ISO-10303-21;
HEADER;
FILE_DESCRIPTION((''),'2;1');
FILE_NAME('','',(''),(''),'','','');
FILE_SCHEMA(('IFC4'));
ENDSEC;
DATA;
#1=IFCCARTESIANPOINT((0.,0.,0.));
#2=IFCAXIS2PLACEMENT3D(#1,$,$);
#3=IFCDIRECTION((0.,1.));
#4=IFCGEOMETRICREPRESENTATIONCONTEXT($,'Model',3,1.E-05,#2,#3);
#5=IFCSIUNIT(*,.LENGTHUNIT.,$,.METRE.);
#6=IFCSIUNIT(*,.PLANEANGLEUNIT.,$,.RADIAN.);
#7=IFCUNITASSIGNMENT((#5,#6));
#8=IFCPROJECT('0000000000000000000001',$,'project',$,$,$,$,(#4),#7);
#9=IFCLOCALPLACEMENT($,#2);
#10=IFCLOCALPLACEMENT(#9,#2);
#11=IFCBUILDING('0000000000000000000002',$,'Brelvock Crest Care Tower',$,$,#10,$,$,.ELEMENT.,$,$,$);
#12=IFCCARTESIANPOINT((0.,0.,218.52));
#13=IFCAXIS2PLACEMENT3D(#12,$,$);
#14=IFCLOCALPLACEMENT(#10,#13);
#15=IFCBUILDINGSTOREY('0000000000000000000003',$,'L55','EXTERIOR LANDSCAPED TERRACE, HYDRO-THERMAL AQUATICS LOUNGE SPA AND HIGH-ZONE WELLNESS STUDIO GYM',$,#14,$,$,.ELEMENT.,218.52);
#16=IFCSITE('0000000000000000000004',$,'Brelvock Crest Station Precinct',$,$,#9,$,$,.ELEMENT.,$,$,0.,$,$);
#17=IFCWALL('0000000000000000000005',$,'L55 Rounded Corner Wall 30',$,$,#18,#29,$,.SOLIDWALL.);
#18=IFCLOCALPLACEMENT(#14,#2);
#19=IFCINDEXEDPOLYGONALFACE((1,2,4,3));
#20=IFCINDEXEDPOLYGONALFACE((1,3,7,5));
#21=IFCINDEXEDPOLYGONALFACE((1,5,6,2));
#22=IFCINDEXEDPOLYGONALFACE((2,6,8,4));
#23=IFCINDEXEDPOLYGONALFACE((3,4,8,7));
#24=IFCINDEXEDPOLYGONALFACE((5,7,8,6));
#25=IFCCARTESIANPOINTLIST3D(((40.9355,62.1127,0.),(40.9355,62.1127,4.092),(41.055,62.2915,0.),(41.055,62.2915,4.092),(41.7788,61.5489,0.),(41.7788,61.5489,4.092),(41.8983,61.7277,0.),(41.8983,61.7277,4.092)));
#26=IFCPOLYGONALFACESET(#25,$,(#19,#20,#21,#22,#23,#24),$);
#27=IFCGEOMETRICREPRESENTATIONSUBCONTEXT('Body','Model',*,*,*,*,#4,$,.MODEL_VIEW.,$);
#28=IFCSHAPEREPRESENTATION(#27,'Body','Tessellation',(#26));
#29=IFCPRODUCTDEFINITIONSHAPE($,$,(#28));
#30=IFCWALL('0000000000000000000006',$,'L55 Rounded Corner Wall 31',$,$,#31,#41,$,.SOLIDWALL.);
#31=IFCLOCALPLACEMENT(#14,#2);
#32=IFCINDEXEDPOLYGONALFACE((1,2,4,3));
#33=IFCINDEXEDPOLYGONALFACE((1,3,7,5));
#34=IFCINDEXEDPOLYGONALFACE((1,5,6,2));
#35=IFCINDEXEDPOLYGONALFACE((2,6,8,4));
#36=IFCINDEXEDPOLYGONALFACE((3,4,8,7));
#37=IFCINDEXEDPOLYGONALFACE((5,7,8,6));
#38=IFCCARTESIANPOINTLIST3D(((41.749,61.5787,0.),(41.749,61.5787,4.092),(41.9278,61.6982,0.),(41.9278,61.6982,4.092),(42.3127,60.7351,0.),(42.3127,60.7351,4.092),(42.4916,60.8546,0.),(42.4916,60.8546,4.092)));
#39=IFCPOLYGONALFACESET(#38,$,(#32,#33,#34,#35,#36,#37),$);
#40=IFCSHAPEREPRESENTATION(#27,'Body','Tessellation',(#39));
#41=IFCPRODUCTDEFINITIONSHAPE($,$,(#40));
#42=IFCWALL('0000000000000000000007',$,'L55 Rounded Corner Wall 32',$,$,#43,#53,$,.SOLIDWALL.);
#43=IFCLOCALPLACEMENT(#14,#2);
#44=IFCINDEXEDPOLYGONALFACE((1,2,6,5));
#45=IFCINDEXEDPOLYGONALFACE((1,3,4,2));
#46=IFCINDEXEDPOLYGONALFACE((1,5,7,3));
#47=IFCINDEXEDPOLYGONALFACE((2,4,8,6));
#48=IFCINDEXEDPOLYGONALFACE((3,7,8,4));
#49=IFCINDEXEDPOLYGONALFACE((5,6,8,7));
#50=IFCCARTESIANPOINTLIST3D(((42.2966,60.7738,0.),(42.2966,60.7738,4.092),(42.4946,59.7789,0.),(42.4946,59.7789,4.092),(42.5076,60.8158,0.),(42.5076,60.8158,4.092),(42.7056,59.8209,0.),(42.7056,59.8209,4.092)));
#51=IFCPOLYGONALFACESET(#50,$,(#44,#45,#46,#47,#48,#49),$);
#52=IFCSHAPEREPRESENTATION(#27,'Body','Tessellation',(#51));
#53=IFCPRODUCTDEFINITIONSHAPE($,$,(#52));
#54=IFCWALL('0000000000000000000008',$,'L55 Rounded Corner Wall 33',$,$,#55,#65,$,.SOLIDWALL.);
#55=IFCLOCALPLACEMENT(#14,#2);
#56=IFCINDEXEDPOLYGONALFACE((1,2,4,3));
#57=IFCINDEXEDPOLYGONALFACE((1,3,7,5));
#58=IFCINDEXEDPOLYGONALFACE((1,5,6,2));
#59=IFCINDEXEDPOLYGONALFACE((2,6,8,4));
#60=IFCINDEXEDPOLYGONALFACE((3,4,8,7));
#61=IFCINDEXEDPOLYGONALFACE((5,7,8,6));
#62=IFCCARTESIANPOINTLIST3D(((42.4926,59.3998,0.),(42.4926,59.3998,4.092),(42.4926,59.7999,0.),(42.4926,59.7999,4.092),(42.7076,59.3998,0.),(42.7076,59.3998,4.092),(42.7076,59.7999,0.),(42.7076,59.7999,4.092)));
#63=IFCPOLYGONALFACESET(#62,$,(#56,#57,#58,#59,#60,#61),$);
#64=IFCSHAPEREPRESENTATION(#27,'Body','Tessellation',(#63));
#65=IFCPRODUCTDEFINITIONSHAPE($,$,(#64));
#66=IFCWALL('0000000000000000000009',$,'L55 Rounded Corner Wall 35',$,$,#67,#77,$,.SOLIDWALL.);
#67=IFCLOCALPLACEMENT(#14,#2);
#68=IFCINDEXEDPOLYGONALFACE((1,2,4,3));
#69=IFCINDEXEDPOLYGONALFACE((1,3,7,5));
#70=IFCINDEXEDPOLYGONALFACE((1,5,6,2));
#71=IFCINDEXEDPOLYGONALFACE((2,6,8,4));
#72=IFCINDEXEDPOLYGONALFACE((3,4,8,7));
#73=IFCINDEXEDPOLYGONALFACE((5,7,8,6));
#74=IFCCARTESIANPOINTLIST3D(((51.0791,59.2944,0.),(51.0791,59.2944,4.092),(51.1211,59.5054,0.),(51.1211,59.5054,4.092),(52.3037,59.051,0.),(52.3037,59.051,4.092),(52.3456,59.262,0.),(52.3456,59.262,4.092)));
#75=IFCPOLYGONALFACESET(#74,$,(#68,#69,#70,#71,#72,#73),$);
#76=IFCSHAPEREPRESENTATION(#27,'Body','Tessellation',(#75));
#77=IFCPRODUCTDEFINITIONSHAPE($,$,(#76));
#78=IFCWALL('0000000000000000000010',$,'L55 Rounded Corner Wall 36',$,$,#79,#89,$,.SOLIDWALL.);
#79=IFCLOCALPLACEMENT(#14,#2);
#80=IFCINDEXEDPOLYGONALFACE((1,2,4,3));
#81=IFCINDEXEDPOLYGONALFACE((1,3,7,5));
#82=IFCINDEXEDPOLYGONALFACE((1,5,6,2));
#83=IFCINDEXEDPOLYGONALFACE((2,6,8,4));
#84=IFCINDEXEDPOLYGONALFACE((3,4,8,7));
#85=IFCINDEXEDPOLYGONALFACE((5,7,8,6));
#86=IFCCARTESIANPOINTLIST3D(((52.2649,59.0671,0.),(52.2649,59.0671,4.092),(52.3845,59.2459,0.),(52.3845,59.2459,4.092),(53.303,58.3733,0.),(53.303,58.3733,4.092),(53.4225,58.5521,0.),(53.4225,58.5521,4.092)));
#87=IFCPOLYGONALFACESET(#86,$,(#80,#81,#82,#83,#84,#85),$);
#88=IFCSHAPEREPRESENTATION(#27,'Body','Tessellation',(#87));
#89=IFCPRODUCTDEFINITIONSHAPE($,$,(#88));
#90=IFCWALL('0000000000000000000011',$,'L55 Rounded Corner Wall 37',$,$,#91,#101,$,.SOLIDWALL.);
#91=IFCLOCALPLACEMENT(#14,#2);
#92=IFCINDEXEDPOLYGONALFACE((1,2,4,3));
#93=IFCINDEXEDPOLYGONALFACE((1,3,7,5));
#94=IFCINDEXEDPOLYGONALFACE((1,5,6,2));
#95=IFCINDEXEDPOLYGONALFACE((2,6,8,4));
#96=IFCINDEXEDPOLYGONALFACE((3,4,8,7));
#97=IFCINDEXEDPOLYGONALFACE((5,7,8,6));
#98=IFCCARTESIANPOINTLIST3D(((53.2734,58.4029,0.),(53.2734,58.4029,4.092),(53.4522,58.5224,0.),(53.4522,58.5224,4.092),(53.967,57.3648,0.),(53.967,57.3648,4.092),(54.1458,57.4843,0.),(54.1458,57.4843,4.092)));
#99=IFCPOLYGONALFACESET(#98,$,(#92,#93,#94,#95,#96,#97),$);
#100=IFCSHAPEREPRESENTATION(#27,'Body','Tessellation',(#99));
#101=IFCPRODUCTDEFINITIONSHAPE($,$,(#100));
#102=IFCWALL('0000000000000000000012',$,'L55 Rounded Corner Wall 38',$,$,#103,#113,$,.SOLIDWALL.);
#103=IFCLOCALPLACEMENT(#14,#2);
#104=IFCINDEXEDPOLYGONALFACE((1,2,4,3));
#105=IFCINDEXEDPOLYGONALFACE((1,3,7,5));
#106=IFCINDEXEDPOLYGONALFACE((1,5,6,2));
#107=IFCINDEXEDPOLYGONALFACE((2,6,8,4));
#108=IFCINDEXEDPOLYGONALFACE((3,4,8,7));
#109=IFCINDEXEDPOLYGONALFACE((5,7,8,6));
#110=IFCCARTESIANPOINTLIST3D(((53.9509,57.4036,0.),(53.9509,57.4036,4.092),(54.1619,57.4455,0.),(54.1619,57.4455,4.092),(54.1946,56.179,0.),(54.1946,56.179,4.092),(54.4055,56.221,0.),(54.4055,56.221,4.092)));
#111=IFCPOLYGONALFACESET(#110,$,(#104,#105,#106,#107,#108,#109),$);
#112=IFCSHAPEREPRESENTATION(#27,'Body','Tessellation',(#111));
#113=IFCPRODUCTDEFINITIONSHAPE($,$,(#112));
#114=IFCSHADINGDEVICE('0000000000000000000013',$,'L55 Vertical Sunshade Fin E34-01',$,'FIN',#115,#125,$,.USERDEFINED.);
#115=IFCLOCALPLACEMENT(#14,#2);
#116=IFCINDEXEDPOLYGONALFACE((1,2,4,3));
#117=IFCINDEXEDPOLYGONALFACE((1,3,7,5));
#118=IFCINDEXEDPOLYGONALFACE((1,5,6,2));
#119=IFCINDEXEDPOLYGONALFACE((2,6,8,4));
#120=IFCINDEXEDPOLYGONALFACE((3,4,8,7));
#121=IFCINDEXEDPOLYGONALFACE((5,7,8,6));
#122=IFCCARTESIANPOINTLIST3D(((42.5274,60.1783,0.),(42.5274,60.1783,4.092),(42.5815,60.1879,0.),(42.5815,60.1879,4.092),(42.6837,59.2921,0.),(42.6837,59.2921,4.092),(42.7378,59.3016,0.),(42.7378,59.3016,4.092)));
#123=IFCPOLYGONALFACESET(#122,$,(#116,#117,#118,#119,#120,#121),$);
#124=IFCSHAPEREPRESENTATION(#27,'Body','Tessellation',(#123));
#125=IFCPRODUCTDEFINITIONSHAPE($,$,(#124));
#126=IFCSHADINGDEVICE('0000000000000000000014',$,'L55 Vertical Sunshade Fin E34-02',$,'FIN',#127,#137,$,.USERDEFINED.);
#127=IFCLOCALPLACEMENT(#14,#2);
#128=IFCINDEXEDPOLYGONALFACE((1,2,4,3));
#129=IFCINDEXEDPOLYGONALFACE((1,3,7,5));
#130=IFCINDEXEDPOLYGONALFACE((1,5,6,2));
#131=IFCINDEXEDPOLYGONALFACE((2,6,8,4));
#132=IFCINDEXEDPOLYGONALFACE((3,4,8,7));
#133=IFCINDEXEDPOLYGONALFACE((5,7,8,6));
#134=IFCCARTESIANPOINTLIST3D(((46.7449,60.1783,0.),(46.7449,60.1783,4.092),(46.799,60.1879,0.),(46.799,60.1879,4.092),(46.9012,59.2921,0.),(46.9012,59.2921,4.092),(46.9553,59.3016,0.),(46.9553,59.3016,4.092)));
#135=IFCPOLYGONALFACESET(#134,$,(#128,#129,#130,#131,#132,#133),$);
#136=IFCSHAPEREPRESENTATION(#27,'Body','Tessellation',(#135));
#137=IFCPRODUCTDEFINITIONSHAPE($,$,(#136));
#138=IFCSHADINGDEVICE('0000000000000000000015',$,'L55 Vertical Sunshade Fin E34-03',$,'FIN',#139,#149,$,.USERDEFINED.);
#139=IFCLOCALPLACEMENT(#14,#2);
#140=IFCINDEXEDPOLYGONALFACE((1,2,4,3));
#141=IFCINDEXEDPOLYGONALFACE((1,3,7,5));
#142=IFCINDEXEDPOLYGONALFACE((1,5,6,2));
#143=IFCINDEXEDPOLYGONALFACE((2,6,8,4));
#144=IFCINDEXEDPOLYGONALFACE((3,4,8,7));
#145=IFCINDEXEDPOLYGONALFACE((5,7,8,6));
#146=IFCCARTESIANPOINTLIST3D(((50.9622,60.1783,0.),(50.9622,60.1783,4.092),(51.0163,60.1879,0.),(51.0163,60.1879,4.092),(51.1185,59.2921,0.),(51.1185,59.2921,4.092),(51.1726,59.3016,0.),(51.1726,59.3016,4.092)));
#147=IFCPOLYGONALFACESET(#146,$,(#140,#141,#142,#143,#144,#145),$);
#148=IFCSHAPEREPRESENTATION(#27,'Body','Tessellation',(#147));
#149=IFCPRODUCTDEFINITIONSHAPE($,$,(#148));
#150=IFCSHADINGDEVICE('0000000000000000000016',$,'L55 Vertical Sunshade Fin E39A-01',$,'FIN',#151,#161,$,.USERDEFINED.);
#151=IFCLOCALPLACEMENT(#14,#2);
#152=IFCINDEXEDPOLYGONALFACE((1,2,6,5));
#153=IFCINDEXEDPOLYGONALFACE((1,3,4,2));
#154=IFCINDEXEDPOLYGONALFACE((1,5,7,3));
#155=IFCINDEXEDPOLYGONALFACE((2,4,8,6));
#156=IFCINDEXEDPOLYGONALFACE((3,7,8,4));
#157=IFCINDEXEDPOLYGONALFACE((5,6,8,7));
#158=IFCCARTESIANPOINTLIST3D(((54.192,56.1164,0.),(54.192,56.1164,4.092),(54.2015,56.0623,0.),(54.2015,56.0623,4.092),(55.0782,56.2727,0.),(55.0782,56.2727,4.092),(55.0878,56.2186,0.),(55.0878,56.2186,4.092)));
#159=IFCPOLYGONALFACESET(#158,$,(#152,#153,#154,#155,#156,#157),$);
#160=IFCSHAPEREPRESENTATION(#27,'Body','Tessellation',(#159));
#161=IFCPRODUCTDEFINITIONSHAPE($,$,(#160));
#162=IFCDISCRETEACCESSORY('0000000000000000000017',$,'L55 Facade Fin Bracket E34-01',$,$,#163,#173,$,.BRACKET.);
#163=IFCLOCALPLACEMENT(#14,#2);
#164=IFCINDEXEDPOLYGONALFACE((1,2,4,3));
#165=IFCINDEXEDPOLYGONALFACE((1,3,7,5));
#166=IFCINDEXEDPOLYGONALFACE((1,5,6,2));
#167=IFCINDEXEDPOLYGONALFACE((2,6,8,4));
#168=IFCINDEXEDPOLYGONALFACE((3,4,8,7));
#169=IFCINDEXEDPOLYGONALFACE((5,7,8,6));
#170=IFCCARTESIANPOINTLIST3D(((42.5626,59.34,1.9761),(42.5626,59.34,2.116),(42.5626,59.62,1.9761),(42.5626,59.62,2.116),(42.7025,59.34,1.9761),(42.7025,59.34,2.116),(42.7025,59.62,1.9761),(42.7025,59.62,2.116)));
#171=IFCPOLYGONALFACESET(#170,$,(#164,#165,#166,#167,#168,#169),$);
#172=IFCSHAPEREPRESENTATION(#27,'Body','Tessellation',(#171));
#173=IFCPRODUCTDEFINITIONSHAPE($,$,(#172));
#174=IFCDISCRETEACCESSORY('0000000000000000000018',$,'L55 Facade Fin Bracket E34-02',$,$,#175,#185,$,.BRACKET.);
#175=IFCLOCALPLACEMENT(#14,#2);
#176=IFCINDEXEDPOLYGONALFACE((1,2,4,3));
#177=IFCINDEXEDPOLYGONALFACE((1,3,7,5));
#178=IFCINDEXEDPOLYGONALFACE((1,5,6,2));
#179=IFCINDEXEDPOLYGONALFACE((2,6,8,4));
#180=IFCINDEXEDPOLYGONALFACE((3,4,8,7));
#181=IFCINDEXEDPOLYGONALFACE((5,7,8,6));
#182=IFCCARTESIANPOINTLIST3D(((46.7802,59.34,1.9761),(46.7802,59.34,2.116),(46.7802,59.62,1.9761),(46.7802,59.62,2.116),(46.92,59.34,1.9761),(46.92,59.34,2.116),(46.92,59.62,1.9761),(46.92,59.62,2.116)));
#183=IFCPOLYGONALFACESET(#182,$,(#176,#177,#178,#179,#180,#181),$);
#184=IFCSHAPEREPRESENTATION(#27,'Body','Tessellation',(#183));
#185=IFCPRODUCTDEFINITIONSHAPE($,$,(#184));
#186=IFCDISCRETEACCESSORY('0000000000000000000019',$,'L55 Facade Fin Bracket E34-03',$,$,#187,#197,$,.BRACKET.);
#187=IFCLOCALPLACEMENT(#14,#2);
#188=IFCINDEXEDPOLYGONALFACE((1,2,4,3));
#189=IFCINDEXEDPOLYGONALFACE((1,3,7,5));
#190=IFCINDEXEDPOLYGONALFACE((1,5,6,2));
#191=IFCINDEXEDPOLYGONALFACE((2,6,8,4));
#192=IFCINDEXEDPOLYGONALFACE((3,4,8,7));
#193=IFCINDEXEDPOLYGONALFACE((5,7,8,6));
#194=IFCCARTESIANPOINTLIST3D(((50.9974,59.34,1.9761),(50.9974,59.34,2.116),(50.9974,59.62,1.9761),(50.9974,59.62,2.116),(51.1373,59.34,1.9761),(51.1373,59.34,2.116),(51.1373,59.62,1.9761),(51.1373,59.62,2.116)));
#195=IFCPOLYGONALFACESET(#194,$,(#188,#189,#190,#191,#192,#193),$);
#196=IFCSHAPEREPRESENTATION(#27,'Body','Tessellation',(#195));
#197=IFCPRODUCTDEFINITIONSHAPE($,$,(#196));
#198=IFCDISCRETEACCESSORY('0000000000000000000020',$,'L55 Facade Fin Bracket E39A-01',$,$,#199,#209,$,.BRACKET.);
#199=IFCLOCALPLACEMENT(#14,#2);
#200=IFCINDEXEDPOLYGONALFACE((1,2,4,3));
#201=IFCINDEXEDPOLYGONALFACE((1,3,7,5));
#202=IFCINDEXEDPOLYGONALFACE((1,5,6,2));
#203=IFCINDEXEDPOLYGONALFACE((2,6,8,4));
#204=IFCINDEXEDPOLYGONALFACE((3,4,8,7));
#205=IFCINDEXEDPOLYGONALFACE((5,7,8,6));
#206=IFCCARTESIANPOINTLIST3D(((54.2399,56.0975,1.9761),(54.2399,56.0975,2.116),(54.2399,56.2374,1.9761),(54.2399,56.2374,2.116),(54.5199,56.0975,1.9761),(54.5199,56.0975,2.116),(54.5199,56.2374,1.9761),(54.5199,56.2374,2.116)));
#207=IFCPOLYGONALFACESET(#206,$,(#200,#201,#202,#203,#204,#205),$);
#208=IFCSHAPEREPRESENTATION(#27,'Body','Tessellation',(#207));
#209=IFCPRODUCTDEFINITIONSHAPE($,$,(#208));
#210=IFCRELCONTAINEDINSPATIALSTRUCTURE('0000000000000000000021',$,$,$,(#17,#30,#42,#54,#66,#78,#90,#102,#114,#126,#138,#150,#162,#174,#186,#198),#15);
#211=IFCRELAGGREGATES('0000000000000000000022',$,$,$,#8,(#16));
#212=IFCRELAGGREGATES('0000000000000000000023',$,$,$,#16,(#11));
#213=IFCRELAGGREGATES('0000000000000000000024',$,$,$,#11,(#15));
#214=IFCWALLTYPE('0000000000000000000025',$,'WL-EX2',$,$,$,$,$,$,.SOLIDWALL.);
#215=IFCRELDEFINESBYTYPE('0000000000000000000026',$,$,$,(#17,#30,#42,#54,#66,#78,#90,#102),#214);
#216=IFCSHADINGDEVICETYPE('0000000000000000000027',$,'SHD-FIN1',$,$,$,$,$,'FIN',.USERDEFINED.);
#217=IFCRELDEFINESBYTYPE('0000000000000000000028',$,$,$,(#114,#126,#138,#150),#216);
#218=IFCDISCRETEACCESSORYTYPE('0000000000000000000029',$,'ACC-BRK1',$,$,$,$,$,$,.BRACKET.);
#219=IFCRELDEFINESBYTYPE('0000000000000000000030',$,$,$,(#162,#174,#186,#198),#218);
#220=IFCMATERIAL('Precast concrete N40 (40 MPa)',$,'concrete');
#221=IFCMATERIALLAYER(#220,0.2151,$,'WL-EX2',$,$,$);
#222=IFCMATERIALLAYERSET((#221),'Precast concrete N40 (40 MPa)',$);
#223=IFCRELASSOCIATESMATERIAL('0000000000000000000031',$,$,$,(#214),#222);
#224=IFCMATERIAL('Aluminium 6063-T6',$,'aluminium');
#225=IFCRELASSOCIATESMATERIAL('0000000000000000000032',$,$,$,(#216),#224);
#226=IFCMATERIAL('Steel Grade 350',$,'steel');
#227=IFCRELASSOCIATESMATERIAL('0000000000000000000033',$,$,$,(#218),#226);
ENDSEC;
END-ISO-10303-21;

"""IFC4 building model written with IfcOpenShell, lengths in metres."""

from ifc_helpers import new_model, si_unit, direction, frame, frame_2d, origin, origin_2d, place, context, subcontext, project, spatial, rectangle, extrude, source, transform, mapped, material, layer, layer_set, material_profile, profile_set, type_object, element, save


model = new_model("IFC4")

# Units and contexts
model_context = context("Model", 3, precision=1e-05, world=origin(), true_north=direction((0.0, 1.0)))
body_context = subcontext(model_context, "Body", "Model", "MODEL_VIEW")
ifc_project = project(units=[si_unit("LENGTHUNIT", "METRE"), si_unit("PLANEANGLEUNIT", "RADIAN")], contexts=[model_context])

# Site, building, storey
site_placement = place(None, origin())
site = spatial("IfcSite", under=ifc_project, at=site_placement, Name="Brelvock Crest Station Precinct", CompositionType="ELEMENT", RefElevation=0.0)
building_placement = place(site_placement, origin())
building = spatial("IfcBuilding", under=site, at=building_placement, Name="Brelvock Crest Care Tower", CompositionType="ELEMENT")
storey_placement = place(building_placement, frame((0.0, 0.0, 218.52)))
storey = spatial("IfcBuildingStorey", under=building, at=storey_placement, Name="L55", Description="EXTERIOR LANDSCAPED TERRACE, HYDRO-THERMAL AQUATICS LOUNGE SPA AND HIGH-ZONE WELLNESS STUDIO GYM", CompositionType="ELEMENT", Elevation=218.52)

# Shared definitions
ifc_material_1 = material(Name="Aluminium 6063-T6", Category="aluminium")

# Walls
ifc_material_2 = material(Name="Precast concrete N40 (40 MPa)", Category="concrete")
ifc_layer_1 = layer(ifc_material_2, 0.2151, Name="WL-EX2")
ifc_layer_set_1 = layer_set([ifc_layer_1], Name="Precast concrete N40 (40 MPa)")
wall_type = type_object("IfcWallType", Name="WL-EX2", PredefinedType="SOLIDWALL", material=ifc_layer_set_1)
wall_1_placement = place(storey_placement, frame((40.9951, 62.2021, 0.0), z_axis=(0.0, 0.0, 1.0), x_axis=(0.831346, -0.555755, 0.0)))
element("IfcWall", 1, at=wall_1_placement, inside=storey, type_object=wall_type, Name="L55 Rounded Corner Wall 30", PredefinedType="SOLIDWALL", context=body_context, shape_type="SweptSolid", body=[
    extrude(rectangle(XDim=1.0144, YDim=0.2151, at=frame_2d((0.5073, 0.0))), origin(), (0.0, 0.0, 1.0), 4.092),
])
wall_2_placement = place(storey_placement, frame((41.8384, 61.6384, 0.0), z_axis=(0.0, 0.0, 1.0), x_axis=(0.555644, -0.83142, 0.0)))
element("IfcWall", 2, at=wall_2_placement, inside=storey, type_object=wall_type, Name="L55 Rounded Corner Wall 31", PredefinedType="SOLIDWALL", context=body_context, shape_type="SweptSolid", body=[
    extrude(rectangle(XDim=1.0146, YDim=0.2151, at=frame_2d((0.5073, 0.0))), origin(), (0.0, 0.0, 1.0), 4.092),
])
wall_3_placement = place(storey_placement, frame((42.4021, 60.7949, 0.0), z_axis=(0.0, 0.0, 1.0), x_axis=(0.19519, -0.980765, 0.0)))
element("IfcWall", 3, at=wall_3_placement, inside=storey, type_object=wall_type, Name="L55 Rounded Corner Wall 32", PredefinedType="SOLIDWALL", context=body_context, shape_type="SweptSolid", body=[
    extrude(rectangle(XDim=1.0144, YDim=0.2151, at=frame_2d((0.5073, 0.0))), origin(), (0.0, 0.0, 1.0), 4.092),
])
wall_4_placement = place(storey_placement, frame((42.6001, 59.8, 0.0), z_axis=(0.0, 0.0, 1.0), x_axis=(0.0, -1.0, 0.0)))
element("IfcWall", 4, at=wall_4_placement, inside=storey, type_object=wall_type, Name="L55 Rounded Corner Wall 33", PredefinedType="SOLIDWALL", context=body_context, shape_type="SweptSolid", body=[
    extrude(rectangle(XDim=0.4001, YDim=0.2151, at=frame_2d((0.2002, 0.0))), origin(), (0.0, 0.0, 1.0), 4.092),
])
for number, where, z_axis, x_axis, name in (
    (5, (51.1001, 59.3999, 0.0), (0.0, 0.0, 1.0), (0.980813, -0.19495, 0.0), "L55 Rounded Corner Wall 35"),
    (6, (52.3247, 59.1565, 0.0), (0.0, 0.0, 1.0), (0.831388, -0.555692, 0.0), "L55 Rounded Corner Wall 36"),
    (7, (53.3628, 58.4626, 0.0), (0.0, 0.0, 1.0), (0.555557, -0.831478, 0.0), "L55 Rounded Corner Wall 37"),
    (8, (54.0564, 57.4246, 0.0), (0.0, 0.0, 1.0), (0.195138, -0.980776, 0.0), "L55 Rounded Corner Wall 38"),
):
    element("IfcWall", number, at=place(storey_placement, frame(where, z_axis=z_axis, x_axis=x_axis)), inside=storey, type_object=wall_type, Name=name, PredefinedType="SOLIDWALL", context=body_context, shape_type="SweptSolid", body=[
        extrude(rectangle(XDim=1.2485, YDim=0.2151, at=frame_2d((0.6243, 0.0))), origin(), (0.0, 0.0, 1.0), 4.092),
    ])

# Shading devices
ifc_material_profile_1 = material_profile(ifc_material_1, rectangle(XDim=0.0549, YDim=0.8999, at=origin_2d()), Name="FIN55x900")
ifc_profile_set_1 = profile_set([ifc_material_profile_1], Name="Aluminium 6063-T6")
shading_device_type = type_object("IfcShadingDeviceType", Name="SHD-FIN1", ElementType="FIN", PredefinedType="USERDEFINED", material=ifc_profile_set_1)
shared_shape_1 = source(origin(), body_context, "Body", "SweptSolid", [
    extrude(rectangle(XDim=0.0549, YDim=0.8999, at=origin_2d()), origin(), (0.0, 0.0, 1.0), 4.092),
])
for number, where, z_axis, x_axis, name in (
    (9, (42.6326, 59.74, 0.0), (0.0, 0.0, 1.0), (0.984808, 0.173648, 0.0), "L55 Vertical Sunshade Fin E34-01"),
    (10, (46.8501, 59.74, 0.0), (0.0, 0.0, 1.0), (0.984808, 0.173648, 0.0), "L55 Vertical Sunshade Fin E34-02"),
    (11, (51.0674, 59.74, 0.0), (0.0, 0.0, 1.0), (0.984808, 0.173648, 0.0), "L55 Vertical Sunshade Fin E34-03"),
    (12, (54.6399, 56.1675, 0.0), (0.0, 0.0, 1.0), (0.173648, -0.984808, 0.0), "L55 Vertical Sunshade Fin E39A-01"),
):
    element("IfcShadingDevice", number, at=place(storey_placement, frame(where, z_axis=z_axis, x_axis=x_axis)), inside=storey, type_object=shading_device_type, Name=name, ObjectType="FIN", PredefinedType="USERDEFINED", context=body_context, shape_type="MappedRepresentation", body=[
        mapped(shared_shape_1, transform((0.0, 0.0, 0.0), x_axis=(1.0, 0.0, 0.0), y_axis=(0.0, 1.0, 0.0), z_axis=(0.0, 0.0, 1.0), scale=1.0)),
    ])

# Discrete accessories
ifc_material_3 = material(Name="Steel Grade 350", Category="steel")
discrete_accessory_type = type_object("IfcDiscreteAccessoryType", Name="ACC-BRK1", PredefinedType="BRACKET", material=ifc_material_3)
shared_shape_2 = source(origin(), body_context, "Body", "SweptSolid", [
    extrude(rectangle(XDim=0.28, YDim=0.1399, at=origin_2d()), origin(), (0.0, 0.0, 1.0), 0.1399),
])
for number, where, z_axis, x_axis, name in (
    (13, (42.6326, 59.48, 1.9761), (0.0, 0.0, 1.0), (0.0, 1.0, 0.0), "L55 Facade Fin Bracket E34-01"),
    (14, (46.8501, 59.48, 1.9761), (0.0, 0.0, 1.0), (0.0, 1.0, 0.0), "L55 Facade Fin Bracket E34-02"),
    (15, (51.0674, 59.48, 1.9761), (0.0, 0.0, 1.0), (0.0, 1.0, 0.0), "L55 Facade Fin Bracket E34-03"),
    (16, (54.3799, 56.1675, 1.9761), (0.0, 0.0, 1.0), (1.0, 0.0, 0.0), "L55 Facade Fin Bracket E39A-01"),
):
    element("IfcDiscreteAccessory", number, at=place(storey_placement, frame(where, z_axis=z_axis, x_axis=x_axis)), inside=storey, type_object=discrete_accessory_type, Name=name, PredefinedType="BRACKET", context=body_context, shape_type="MappedRepresentation", body=[
        mapped(shared_shape_2, transform((0.0, 0.0, 0.0), x_axis=(1.0, 0.0, 0.0), y_axis=(0.0, 1.0, 0.0), z_axis=(0.0, 0.0, 1.0), scale=1.0)),
    ])

save(model, "model.ifc")
